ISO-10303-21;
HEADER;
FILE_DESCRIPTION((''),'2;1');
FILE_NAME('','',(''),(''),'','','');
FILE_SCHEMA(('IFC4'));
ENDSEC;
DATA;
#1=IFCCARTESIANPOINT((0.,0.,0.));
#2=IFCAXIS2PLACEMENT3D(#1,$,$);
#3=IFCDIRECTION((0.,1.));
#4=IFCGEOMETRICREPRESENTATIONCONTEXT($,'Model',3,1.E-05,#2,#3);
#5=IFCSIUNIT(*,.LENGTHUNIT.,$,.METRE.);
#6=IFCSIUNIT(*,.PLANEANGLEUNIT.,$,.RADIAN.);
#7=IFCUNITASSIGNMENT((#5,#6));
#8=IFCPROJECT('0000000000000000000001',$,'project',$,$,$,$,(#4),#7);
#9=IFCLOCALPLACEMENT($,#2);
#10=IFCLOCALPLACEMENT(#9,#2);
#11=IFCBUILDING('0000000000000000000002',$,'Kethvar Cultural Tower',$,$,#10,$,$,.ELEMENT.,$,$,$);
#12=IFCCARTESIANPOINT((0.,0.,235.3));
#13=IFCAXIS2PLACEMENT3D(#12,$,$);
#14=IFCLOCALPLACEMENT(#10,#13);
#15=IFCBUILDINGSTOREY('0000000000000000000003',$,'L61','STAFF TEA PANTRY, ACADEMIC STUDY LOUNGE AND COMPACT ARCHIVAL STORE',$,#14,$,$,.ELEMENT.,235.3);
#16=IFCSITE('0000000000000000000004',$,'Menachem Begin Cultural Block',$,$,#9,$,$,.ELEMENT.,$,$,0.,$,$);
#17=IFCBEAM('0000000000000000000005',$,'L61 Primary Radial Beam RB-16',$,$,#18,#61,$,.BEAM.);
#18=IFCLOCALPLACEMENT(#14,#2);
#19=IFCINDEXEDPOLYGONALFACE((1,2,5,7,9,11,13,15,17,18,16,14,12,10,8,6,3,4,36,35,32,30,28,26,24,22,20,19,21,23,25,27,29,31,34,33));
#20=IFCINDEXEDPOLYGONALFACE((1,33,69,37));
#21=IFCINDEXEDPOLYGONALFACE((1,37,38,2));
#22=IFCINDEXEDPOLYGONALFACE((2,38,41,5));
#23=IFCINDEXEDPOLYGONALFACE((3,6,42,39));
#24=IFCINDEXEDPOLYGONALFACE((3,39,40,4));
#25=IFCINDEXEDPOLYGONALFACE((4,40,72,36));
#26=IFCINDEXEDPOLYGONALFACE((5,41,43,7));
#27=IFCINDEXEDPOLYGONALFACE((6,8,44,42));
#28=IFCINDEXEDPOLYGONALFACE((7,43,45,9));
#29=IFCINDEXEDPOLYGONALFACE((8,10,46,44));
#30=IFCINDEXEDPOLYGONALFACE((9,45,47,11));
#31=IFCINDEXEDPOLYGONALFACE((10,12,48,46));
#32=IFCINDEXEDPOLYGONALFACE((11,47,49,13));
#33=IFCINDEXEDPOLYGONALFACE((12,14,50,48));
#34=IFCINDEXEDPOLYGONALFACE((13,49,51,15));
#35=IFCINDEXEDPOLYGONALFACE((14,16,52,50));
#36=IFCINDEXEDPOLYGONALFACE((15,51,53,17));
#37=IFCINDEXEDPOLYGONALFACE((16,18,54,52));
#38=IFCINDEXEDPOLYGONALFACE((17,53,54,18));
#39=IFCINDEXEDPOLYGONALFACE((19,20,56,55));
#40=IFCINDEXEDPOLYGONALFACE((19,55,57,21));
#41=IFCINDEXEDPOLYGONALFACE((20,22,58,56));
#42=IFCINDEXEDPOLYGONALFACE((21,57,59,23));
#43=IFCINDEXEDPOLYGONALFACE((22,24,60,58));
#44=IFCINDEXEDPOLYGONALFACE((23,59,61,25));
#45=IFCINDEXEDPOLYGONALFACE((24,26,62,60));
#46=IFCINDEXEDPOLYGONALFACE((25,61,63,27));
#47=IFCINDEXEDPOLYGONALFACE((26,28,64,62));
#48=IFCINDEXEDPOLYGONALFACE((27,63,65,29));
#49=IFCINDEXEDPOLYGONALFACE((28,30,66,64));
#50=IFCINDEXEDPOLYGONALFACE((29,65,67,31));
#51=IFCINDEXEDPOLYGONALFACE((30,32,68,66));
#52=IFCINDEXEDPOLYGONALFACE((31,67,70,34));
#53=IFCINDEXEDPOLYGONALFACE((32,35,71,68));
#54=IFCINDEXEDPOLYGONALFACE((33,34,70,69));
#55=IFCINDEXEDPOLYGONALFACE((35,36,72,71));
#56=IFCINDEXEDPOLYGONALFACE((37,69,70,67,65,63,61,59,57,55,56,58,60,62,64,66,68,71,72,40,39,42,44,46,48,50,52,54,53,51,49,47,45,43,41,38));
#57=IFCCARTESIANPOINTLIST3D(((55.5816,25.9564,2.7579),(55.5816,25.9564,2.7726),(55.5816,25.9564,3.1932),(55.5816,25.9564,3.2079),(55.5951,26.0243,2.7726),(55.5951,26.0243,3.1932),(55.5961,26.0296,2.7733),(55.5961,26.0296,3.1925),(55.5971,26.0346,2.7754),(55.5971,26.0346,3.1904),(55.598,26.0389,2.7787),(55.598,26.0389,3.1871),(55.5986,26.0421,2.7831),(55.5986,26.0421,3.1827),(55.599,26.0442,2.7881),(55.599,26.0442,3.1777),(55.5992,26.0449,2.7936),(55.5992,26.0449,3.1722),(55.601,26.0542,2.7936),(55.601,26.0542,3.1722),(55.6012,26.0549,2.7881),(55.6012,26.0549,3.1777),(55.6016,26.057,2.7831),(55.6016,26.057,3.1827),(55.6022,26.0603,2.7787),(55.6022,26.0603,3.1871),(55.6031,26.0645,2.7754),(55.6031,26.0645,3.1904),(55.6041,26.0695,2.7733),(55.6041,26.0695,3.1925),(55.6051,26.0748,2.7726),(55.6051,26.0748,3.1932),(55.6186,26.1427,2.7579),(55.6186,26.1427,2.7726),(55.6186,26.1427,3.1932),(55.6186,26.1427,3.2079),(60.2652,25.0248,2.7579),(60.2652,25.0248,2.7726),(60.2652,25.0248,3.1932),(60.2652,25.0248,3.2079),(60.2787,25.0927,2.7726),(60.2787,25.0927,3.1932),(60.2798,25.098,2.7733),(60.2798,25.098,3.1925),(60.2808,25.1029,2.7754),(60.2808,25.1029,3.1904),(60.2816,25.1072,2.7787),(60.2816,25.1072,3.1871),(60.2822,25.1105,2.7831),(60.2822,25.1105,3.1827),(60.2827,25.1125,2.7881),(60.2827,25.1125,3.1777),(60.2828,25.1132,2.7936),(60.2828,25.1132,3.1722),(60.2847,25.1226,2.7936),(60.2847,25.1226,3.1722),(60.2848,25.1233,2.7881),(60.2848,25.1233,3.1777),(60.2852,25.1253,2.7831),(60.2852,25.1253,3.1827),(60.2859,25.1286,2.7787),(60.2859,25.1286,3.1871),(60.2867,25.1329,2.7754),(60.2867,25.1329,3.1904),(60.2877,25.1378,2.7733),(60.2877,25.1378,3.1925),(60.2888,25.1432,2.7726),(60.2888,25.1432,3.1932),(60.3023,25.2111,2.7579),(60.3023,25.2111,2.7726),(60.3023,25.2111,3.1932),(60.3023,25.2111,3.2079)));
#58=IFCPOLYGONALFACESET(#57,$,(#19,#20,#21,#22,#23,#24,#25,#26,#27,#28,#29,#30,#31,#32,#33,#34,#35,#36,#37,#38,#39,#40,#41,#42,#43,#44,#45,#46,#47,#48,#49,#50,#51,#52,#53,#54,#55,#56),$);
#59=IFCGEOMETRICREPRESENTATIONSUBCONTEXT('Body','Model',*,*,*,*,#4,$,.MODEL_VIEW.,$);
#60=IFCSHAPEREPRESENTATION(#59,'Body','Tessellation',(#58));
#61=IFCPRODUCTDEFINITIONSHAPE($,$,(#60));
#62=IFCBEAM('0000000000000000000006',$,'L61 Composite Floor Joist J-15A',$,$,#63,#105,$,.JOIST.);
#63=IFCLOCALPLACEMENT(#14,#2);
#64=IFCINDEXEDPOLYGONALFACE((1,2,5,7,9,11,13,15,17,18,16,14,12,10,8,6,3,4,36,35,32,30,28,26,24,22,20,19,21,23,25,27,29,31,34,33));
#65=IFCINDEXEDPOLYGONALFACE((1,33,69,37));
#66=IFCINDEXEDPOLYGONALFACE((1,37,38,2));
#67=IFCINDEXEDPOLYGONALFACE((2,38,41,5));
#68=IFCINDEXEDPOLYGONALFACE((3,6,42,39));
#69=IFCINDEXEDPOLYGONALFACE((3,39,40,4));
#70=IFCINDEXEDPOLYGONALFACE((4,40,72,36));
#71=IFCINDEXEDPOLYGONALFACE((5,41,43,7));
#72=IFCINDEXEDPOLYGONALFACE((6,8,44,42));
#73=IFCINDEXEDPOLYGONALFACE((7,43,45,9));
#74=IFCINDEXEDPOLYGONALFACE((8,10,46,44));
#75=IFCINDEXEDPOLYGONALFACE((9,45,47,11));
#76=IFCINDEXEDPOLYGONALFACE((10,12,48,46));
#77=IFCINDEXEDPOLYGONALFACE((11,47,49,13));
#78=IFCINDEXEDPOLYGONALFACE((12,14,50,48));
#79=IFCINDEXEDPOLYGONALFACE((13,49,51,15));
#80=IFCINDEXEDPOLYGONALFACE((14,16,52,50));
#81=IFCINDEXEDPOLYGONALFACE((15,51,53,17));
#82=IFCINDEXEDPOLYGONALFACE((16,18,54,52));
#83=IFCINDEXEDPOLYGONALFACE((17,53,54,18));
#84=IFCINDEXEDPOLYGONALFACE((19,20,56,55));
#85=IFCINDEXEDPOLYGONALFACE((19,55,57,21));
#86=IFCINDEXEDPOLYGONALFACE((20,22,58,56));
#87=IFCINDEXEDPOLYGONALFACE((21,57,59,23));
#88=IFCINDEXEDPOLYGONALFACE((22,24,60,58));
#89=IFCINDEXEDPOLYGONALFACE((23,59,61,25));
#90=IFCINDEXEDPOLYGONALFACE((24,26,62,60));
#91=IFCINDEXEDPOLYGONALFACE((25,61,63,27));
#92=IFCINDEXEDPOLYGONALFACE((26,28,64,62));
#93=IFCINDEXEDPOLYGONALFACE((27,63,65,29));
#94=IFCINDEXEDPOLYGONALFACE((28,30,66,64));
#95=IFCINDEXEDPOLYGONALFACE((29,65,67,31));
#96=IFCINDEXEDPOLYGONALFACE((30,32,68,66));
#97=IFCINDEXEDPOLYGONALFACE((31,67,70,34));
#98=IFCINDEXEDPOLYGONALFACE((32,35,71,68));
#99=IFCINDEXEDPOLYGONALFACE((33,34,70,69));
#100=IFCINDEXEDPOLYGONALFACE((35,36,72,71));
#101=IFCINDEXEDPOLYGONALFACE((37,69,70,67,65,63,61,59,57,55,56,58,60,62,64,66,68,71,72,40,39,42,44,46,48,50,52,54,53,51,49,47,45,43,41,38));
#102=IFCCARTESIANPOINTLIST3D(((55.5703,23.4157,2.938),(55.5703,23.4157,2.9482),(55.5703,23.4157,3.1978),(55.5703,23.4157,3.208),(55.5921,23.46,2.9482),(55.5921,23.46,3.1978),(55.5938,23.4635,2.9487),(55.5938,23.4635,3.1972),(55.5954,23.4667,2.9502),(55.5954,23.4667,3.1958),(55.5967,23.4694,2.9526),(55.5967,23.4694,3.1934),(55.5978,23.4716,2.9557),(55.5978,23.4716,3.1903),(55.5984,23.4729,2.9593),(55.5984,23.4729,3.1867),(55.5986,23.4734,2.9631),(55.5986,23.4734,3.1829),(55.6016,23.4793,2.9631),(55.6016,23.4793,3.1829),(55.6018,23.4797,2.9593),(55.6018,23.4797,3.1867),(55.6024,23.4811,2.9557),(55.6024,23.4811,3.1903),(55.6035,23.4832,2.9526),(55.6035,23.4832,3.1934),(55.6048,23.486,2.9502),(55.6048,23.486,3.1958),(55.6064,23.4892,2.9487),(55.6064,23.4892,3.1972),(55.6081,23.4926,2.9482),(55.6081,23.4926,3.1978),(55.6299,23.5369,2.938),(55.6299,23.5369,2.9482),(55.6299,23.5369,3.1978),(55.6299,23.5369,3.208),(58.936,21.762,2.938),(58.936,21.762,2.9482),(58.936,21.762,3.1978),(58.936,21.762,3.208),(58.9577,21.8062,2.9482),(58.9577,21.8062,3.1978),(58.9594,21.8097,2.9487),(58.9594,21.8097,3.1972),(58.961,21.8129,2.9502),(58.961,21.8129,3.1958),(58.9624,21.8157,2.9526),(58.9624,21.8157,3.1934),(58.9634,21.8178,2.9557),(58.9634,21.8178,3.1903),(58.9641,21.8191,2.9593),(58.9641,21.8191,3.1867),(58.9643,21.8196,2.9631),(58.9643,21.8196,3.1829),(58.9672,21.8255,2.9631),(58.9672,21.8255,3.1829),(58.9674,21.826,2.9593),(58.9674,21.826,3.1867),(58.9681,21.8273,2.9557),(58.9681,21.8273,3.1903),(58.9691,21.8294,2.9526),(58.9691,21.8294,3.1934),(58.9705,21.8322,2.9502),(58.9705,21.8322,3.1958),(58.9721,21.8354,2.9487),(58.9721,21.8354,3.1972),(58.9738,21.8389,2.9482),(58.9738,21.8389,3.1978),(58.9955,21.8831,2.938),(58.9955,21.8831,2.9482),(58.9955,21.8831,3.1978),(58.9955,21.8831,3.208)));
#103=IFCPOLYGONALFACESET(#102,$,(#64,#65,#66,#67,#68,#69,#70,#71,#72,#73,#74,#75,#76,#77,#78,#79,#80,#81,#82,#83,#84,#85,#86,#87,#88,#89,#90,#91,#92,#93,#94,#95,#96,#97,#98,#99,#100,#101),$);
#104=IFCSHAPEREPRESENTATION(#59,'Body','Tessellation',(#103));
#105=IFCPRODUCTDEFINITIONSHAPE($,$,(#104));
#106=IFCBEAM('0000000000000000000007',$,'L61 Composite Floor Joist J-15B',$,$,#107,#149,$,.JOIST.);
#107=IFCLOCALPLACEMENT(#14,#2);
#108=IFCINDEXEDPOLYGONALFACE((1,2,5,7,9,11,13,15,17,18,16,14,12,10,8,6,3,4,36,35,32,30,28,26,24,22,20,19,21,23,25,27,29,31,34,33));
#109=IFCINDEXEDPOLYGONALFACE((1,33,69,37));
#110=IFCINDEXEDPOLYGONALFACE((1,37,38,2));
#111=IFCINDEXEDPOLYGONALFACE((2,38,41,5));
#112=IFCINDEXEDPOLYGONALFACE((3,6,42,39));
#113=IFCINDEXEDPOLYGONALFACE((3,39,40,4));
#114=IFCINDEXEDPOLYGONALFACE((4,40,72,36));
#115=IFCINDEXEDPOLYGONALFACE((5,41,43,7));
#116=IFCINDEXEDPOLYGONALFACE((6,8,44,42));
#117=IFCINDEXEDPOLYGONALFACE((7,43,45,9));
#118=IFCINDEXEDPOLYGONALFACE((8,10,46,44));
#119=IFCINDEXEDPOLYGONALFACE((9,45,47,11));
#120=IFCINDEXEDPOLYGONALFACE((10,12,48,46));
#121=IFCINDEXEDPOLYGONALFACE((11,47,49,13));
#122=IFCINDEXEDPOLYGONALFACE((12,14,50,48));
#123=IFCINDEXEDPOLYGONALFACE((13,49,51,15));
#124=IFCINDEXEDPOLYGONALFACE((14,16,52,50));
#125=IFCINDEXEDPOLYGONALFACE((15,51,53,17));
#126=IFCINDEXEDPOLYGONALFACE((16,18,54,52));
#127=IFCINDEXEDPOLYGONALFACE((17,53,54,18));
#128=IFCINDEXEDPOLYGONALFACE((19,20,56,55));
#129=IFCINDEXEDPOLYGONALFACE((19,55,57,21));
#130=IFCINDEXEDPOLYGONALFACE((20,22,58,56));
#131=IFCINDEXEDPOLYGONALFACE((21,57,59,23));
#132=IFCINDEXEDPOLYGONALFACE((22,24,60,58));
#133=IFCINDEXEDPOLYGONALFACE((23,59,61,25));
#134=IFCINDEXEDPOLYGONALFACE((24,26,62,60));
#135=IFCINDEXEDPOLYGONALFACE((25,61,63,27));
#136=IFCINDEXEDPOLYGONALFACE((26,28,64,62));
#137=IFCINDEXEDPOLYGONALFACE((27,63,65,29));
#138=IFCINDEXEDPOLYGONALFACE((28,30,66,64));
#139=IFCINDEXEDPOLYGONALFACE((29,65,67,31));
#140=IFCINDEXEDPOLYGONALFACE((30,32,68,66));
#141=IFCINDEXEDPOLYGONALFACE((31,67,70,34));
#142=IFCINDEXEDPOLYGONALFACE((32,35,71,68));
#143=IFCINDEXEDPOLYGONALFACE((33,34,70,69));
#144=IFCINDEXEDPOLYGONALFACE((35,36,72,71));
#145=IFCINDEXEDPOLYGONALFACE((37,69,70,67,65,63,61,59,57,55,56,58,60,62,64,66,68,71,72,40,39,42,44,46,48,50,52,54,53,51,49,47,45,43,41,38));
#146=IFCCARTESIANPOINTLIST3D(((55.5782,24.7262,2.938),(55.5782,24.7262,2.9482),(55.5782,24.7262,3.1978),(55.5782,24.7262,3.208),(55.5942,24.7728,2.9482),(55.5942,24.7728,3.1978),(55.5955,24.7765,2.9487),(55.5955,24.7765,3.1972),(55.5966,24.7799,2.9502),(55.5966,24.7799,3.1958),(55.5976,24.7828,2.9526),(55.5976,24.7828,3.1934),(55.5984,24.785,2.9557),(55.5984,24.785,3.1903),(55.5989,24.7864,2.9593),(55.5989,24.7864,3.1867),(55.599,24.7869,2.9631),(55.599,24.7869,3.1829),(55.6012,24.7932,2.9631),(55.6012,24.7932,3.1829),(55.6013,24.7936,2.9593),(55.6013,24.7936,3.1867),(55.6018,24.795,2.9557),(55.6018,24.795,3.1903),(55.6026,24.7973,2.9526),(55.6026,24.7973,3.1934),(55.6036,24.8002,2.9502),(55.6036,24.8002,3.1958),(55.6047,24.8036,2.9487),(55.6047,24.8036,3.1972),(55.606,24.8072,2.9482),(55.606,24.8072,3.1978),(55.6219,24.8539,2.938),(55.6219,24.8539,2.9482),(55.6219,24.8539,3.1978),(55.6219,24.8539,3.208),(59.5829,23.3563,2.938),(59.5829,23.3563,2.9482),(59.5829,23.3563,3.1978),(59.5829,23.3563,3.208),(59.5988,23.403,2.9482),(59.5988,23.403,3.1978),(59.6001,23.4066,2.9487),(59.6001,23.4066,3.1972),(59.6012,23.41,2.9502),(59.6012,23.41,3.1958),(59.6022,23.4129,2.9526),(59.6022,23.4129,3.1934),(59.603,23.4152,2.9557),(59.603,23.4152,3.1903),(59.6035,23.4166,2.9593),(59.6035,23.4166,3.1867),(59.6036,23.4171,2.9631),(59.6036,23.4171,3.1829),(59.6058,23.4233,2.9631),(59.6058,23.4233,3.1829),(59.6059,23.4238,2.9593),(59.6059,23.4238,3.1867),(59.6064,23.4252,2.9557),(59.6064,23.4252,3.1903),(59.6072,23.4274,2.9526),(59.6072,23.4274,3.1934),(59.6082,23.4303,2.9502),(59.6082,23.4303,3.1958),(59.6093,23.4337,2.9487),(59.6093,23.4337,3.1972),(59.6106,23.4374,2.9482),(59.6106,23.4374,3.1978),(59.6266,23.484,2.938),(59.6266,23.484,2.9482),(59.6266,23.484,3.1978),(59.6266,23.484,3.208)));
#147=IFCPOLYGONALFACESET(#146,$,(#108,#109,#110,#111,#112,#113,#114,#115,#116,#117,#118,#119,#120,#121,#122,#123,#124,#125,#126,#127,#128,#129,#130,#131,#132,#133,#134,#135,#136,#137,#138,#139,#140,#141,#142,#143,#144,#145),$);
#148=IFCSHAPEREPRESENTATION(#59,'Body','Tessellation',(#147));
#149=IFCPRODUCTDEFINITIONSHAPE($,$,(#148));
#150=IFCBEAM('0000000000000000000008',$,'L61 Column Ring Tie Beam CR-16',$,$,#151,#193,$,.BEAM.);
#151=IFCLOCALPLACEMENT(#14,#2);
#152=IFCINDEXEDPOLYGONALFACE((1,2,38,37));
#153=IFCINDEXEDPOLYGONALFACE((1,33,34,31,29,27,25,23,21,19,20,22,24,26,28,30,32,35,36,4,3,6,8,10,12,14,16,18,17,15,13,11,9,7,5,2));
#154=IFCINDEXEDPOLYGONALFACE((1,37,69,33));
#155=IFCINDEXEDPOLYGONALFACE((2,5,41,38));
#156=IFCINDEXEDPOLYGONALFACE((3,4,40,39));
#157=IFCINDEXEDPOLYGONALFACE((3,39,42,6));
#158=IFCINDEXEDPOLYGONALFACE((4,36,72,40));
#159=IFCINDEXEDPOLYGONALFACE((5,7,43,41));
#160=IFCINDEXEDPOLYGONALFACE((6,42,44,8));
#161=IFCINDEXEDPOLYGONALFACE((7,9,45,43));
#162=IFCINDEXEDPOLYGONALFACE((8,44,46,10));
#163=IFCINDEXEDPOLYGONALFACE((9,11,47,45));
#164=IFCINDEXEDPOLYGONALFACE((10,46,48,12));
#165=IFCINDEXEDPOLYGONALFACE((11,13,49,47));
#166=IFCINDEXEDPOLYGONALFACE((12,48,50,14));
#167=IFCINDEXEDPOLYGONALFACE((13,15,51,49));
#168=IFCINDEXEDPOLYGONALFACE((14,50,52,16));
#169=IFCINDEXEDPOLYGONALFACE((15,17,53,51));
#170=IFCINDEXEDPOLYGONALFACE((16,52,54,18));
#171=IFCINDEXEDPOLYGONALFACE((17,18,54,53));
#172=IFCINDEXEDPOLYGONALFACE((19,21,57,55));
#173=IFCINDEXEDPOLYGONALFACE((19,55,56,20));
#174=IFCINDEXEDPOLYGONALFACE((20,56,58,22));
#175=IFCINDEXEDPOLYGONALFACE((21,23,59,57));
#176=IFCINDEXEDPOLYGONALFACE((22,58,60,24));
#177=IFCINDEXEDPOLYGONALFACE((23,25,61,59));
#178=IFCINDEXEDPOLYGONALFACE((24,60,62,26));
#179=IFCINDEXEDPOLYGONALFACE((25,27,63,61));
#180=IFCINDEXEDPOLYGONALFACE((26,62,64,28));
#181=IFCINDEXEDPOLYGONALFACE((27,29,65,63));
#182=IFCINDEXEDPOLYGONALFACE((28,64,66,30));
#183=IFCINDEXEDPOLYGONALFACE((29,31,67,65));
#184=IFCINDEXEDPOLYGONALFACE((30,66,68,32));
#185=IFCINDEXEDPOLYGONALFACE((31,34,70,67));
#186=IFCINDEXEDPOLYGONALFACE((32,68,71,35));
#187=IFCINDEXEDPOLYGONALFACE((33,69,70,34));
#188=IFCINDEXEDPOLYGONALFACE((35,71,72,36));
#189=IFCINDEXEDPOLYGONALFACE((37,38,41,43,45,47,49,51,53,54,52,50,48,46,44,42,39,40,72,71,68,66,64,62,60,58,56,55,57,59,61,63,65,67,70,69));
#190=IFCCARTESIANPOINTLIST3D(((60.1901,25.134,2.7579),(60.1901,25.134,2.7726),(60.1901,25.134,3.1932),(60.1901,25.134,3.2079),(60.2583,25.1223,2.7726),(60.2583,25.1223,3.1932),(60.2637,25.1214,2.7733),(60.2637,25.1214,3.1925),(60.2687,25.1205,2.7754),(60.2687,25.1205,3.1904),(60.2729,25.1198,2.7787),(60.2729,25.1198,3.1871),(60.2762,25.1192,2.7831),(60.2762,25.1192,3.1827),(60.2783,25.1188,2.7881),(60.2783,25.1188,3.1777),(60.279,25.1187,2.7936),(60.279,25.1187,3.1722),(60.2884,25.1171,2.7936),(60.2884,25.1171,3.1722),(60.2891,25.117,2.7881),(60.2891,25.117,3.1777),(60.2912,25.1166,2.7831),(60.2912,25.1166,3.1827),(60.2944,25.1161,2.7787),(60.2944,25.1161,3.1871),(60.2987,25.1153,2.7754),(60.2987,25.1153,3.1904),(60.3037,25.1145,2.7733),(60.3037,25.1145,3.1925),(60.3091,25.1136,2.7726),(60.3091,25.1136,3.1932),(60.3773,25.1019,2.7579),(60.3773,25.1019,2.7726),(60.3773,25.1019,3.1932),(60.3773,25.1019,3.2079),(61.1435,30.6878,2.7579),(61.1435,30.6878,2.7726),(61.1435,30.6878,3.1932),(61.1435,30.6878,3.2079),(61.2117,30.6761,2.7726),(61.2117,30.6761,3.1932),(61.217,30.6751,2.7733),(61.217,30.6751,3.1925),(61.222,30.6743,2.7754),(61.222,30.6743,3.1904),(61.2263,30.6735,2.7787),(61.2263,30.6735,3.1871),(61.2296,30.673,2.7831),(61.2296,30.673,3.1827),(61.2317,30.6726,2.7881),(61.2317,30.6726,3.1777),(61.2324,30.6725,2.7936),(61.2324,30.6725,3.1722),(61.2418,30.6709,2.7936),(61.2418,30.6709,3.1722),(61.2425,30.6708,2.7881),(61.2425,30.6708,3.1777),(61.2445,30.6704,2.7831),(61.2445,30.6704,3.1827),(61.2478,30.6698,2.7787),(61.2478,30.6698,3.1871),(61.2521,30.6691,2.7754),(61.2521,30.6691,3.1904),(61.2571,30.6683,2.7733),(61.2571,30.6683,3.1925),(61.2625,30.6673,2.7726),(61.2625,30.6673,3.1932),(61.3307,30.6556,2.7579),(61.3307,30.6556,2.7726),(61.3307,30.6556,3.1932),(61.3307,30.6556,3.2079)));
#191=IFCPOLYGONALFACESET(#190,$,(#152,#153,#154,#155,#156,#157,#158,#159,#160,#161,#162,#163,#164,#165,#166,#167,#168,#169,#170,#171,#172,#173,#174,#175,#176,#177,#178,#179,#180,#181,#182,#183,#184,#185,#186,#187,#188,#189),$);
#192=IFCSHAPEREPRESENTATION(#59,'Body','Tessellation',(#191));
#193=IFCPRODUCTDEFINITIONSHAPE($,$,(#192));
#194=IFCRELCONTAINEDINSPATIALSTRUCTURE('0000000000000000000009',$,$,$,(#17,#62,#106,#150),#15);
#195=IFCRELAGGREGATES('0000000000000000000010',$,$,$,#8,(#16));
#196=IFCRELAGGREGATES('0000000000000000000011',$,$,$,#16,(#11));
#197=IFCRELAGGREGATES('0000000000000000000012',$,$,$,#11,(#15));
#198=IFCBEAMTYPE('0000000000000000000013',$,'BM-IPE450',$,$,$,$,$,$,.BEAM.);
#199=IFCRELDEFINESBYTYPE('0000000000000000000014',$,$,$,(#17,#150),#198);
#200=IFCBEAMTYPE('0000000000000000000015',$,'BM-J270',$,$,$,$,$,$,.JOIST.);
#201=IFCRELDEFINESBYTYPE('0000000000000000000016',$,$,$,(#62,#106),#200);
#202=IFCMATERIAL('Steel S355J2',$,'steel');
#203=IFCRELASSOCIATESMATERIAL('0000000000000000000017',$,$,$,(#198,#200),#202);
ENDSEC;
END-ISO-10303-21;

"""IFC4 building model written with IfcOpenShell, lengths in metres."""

from ifc_helpers import new_model, si_unit, direction, frame, origin, origin_2d, place, context, subcontext, project, spatial, i_section, extrude, source, transform, mapped, material, material_profile, profile_set, type_object, element, save


model = new_model("IFC4")

# Units and contexts
model_context = context("Model", 3, precision=1e-05, world=origin(), true_north=direction((0.0, 1.0)))
body_context = subcontext(model_context, "Body", "Model", "MODEL_VIEW")
ifc_project = project(units=[si_unit("LENGTHUNIT", "METRE"), si_unit("PLANEANGLEUNIT", "RADIAN")], contexts=[model_context])

# Site, building, storey
site_placement = place(None, origin())
site = spatial("IfcSite", under=ifc_project, at=site_placement, Name="Menachem Begin Cultural Block", CompositionType="ELEMENT", RefElevation=0.0)
building_placement = place(site_placement, origin())
building = spatial("IfcBuilding", under=site, at=building_placement, Name="Kethvar Cultural Tower", CompositionType="ELEMENT")
storey_placement = place(building_placement, frame((0.0, 0.0, 235.3)))
storey = spatial("IfcBuildingStorey", under=building, at=storey_placement, Name="L61", Description="STAFF TEA PANTRY, ACADEMIC STUDY LOUNGE AND COMPACT ARCHIVAL STORE", CompositionType="ELEMENT", Elevation=235.3)

# Beams
ifc_material_1 = material(Name="Steel S355J2", Category="steel")
ifc_material_profile_1 = material_profile(ifc_material_1, i_section(OverallWidth=0.1899, OverallDepth=0.45, WebThickness=0.0095, FlangeThickness=0.0146, FilletRadius=0.021, at=origin_2d()), Name="Steel S355J2 — IPE450")
ifc_profile_set_1 = profile_set([ifc_material_profile_1], Name="Steel S355J2 — IPE450")
beam_type_1 = type_object("IfcBeamType", Name="BM-IPE450", PredefinedType="BEAM", material=ifc_profile_set_1)
shared_shape_1 = source(origin(), body_context, "Body", "SweptSolid", [
    extrude(i_section(OverallWidth=0.1899, OverallDepth=0.45, WebThickness=0.0095, FlangeThickness=0.0146, FilletRadius=0.021, at=origin_2d()), origin(), (0.0, 0.0, 1.0), 4.7754),
])
beam_1_placement = place(storey_placement, frame((55.6001, 26.0496, 2.9829), z_axis=(0.980785, -0.195094, 0.0), x_axis=(0.195094, 0.980785, 0.0)))
element("IfcBeam", 1, at=beam_1_placement, inside=storey, type_object=beam_type_1, Name="L61 Primary Radial Beam RB-16", PredefinedType="BEAM", context=body_context, shape_type="MappedRepresentation", body=[
    mapped(shared_shape_1, transform((0.0, 0.0, 0.0), scale=1.0)),
])
ifc_material_profile_2 = material_profile(ifc_material_1, i_section(OverallWidth=0.135, OverallDepth=0.27, WebThickness=0.0066, FlangeThickness=0.0103, FilletRadius=0.0149, at=origin_2d()), Name="Steel S355J2 — IPE270")
ifc_profile_set_2 = profile_set([ifc_material_profile_2], Name="Steel S355J2 — IPE270")
beam_type_2 = type_object("IfcBeamType", Name="BM-J270", PredefinedType="JOIST", material=ifc_profile_set_2)
shared_shape_2 = source(origin(), body_context, "Body", "SweptSolid", [
    extrude(i_section(OverallWidth=0.135, OverallDepth=0.27, WebThickness=0.0066, FlangeThickness=0.0103, FilletRadius=0.0149, at=origin_2d()), origin(), (0.0, 0.0, 1.0), 3.75),
])
beam_2_placement = place(storey_placement, frame((55.6001, 23.4763, 3.073), z_axis=(0.897505, -0.441005, 0.0), x_axis=(0.441005, 0.897505, 0.0)))
element("IfcBeam", 2, at=beam_2_placement, inside=storey, type_object=beam_type_2, Name="L61 Composite Floor Joist J-15A", PredefinedType="JOIST", context=body_context, shape_type="MappedRepresentation", body=[
    mapped(shared_shape_2, transform((0.0, 0.0, 0.0), scale=1.0)),
])
shared_shape_3 = source(origin(), body_context, "Body", "SweptSolid", [
    extrude(i_section(OverallWidth=0.135, OverallDepth=0.27, WebThickness=0.0066, FlangeThickness=0.0103, FilletRadius=0.0149, at=origin_2d()), origin(), (0.0, 0.0, 1.0), 4.2324),
])
beam_3_placement = place(storey_placement, frame((55.6001, 24.79, 3.073), z_axis=(0.946174, -0.323659, 0.0), x_axis=(0.323659, 0.946174, 0.0)))
element("IfcBeam", 3, at=beam_3_placement, inside=storey, type_object=beam_type_2, Name="L61 Composite Floor Joist J-15B", PredefinedType="JOIST", context=body_context, shape_type="MappedRepresentation", body=[
    mapped(shared_shape_3, transform((0.0, 0.0, 0.0), scale=1.0)),
])
shared_shape_4 = source(origin(), body_context, "Body", "SweptSolid", [
    extrude(i_section(OverallWidth=0.1899, OverallDepth=0.45, WebThickness=0.0095, FlangeThickness=0.0146, FilletRadius=0.021, at=origin_2d()), origin(), (0.0, 0.0, 1.0), 5.635),
])
beam_4_placement = place(storey_placement, frame((60.2837, 25.1179, 2.9829), z_axis=(0.169189, 0.985584, 0.0), x_axis=(-0.985584, 0.169189, 0.0)))
element("IfcBeam", 4, at=beam_4_placement, inside=storey, type_object=beam_type_1, Name="L61 Column Ring Tie Beam CR-16", PredefinedType="BEAM", context=body_context, shape_type="MappedRepresentation", body=[
    mapped(shared_shape_4, transform((0.0, 0.0, 0.0), scale=1.0)),
])

save(model, "model.ifc")
